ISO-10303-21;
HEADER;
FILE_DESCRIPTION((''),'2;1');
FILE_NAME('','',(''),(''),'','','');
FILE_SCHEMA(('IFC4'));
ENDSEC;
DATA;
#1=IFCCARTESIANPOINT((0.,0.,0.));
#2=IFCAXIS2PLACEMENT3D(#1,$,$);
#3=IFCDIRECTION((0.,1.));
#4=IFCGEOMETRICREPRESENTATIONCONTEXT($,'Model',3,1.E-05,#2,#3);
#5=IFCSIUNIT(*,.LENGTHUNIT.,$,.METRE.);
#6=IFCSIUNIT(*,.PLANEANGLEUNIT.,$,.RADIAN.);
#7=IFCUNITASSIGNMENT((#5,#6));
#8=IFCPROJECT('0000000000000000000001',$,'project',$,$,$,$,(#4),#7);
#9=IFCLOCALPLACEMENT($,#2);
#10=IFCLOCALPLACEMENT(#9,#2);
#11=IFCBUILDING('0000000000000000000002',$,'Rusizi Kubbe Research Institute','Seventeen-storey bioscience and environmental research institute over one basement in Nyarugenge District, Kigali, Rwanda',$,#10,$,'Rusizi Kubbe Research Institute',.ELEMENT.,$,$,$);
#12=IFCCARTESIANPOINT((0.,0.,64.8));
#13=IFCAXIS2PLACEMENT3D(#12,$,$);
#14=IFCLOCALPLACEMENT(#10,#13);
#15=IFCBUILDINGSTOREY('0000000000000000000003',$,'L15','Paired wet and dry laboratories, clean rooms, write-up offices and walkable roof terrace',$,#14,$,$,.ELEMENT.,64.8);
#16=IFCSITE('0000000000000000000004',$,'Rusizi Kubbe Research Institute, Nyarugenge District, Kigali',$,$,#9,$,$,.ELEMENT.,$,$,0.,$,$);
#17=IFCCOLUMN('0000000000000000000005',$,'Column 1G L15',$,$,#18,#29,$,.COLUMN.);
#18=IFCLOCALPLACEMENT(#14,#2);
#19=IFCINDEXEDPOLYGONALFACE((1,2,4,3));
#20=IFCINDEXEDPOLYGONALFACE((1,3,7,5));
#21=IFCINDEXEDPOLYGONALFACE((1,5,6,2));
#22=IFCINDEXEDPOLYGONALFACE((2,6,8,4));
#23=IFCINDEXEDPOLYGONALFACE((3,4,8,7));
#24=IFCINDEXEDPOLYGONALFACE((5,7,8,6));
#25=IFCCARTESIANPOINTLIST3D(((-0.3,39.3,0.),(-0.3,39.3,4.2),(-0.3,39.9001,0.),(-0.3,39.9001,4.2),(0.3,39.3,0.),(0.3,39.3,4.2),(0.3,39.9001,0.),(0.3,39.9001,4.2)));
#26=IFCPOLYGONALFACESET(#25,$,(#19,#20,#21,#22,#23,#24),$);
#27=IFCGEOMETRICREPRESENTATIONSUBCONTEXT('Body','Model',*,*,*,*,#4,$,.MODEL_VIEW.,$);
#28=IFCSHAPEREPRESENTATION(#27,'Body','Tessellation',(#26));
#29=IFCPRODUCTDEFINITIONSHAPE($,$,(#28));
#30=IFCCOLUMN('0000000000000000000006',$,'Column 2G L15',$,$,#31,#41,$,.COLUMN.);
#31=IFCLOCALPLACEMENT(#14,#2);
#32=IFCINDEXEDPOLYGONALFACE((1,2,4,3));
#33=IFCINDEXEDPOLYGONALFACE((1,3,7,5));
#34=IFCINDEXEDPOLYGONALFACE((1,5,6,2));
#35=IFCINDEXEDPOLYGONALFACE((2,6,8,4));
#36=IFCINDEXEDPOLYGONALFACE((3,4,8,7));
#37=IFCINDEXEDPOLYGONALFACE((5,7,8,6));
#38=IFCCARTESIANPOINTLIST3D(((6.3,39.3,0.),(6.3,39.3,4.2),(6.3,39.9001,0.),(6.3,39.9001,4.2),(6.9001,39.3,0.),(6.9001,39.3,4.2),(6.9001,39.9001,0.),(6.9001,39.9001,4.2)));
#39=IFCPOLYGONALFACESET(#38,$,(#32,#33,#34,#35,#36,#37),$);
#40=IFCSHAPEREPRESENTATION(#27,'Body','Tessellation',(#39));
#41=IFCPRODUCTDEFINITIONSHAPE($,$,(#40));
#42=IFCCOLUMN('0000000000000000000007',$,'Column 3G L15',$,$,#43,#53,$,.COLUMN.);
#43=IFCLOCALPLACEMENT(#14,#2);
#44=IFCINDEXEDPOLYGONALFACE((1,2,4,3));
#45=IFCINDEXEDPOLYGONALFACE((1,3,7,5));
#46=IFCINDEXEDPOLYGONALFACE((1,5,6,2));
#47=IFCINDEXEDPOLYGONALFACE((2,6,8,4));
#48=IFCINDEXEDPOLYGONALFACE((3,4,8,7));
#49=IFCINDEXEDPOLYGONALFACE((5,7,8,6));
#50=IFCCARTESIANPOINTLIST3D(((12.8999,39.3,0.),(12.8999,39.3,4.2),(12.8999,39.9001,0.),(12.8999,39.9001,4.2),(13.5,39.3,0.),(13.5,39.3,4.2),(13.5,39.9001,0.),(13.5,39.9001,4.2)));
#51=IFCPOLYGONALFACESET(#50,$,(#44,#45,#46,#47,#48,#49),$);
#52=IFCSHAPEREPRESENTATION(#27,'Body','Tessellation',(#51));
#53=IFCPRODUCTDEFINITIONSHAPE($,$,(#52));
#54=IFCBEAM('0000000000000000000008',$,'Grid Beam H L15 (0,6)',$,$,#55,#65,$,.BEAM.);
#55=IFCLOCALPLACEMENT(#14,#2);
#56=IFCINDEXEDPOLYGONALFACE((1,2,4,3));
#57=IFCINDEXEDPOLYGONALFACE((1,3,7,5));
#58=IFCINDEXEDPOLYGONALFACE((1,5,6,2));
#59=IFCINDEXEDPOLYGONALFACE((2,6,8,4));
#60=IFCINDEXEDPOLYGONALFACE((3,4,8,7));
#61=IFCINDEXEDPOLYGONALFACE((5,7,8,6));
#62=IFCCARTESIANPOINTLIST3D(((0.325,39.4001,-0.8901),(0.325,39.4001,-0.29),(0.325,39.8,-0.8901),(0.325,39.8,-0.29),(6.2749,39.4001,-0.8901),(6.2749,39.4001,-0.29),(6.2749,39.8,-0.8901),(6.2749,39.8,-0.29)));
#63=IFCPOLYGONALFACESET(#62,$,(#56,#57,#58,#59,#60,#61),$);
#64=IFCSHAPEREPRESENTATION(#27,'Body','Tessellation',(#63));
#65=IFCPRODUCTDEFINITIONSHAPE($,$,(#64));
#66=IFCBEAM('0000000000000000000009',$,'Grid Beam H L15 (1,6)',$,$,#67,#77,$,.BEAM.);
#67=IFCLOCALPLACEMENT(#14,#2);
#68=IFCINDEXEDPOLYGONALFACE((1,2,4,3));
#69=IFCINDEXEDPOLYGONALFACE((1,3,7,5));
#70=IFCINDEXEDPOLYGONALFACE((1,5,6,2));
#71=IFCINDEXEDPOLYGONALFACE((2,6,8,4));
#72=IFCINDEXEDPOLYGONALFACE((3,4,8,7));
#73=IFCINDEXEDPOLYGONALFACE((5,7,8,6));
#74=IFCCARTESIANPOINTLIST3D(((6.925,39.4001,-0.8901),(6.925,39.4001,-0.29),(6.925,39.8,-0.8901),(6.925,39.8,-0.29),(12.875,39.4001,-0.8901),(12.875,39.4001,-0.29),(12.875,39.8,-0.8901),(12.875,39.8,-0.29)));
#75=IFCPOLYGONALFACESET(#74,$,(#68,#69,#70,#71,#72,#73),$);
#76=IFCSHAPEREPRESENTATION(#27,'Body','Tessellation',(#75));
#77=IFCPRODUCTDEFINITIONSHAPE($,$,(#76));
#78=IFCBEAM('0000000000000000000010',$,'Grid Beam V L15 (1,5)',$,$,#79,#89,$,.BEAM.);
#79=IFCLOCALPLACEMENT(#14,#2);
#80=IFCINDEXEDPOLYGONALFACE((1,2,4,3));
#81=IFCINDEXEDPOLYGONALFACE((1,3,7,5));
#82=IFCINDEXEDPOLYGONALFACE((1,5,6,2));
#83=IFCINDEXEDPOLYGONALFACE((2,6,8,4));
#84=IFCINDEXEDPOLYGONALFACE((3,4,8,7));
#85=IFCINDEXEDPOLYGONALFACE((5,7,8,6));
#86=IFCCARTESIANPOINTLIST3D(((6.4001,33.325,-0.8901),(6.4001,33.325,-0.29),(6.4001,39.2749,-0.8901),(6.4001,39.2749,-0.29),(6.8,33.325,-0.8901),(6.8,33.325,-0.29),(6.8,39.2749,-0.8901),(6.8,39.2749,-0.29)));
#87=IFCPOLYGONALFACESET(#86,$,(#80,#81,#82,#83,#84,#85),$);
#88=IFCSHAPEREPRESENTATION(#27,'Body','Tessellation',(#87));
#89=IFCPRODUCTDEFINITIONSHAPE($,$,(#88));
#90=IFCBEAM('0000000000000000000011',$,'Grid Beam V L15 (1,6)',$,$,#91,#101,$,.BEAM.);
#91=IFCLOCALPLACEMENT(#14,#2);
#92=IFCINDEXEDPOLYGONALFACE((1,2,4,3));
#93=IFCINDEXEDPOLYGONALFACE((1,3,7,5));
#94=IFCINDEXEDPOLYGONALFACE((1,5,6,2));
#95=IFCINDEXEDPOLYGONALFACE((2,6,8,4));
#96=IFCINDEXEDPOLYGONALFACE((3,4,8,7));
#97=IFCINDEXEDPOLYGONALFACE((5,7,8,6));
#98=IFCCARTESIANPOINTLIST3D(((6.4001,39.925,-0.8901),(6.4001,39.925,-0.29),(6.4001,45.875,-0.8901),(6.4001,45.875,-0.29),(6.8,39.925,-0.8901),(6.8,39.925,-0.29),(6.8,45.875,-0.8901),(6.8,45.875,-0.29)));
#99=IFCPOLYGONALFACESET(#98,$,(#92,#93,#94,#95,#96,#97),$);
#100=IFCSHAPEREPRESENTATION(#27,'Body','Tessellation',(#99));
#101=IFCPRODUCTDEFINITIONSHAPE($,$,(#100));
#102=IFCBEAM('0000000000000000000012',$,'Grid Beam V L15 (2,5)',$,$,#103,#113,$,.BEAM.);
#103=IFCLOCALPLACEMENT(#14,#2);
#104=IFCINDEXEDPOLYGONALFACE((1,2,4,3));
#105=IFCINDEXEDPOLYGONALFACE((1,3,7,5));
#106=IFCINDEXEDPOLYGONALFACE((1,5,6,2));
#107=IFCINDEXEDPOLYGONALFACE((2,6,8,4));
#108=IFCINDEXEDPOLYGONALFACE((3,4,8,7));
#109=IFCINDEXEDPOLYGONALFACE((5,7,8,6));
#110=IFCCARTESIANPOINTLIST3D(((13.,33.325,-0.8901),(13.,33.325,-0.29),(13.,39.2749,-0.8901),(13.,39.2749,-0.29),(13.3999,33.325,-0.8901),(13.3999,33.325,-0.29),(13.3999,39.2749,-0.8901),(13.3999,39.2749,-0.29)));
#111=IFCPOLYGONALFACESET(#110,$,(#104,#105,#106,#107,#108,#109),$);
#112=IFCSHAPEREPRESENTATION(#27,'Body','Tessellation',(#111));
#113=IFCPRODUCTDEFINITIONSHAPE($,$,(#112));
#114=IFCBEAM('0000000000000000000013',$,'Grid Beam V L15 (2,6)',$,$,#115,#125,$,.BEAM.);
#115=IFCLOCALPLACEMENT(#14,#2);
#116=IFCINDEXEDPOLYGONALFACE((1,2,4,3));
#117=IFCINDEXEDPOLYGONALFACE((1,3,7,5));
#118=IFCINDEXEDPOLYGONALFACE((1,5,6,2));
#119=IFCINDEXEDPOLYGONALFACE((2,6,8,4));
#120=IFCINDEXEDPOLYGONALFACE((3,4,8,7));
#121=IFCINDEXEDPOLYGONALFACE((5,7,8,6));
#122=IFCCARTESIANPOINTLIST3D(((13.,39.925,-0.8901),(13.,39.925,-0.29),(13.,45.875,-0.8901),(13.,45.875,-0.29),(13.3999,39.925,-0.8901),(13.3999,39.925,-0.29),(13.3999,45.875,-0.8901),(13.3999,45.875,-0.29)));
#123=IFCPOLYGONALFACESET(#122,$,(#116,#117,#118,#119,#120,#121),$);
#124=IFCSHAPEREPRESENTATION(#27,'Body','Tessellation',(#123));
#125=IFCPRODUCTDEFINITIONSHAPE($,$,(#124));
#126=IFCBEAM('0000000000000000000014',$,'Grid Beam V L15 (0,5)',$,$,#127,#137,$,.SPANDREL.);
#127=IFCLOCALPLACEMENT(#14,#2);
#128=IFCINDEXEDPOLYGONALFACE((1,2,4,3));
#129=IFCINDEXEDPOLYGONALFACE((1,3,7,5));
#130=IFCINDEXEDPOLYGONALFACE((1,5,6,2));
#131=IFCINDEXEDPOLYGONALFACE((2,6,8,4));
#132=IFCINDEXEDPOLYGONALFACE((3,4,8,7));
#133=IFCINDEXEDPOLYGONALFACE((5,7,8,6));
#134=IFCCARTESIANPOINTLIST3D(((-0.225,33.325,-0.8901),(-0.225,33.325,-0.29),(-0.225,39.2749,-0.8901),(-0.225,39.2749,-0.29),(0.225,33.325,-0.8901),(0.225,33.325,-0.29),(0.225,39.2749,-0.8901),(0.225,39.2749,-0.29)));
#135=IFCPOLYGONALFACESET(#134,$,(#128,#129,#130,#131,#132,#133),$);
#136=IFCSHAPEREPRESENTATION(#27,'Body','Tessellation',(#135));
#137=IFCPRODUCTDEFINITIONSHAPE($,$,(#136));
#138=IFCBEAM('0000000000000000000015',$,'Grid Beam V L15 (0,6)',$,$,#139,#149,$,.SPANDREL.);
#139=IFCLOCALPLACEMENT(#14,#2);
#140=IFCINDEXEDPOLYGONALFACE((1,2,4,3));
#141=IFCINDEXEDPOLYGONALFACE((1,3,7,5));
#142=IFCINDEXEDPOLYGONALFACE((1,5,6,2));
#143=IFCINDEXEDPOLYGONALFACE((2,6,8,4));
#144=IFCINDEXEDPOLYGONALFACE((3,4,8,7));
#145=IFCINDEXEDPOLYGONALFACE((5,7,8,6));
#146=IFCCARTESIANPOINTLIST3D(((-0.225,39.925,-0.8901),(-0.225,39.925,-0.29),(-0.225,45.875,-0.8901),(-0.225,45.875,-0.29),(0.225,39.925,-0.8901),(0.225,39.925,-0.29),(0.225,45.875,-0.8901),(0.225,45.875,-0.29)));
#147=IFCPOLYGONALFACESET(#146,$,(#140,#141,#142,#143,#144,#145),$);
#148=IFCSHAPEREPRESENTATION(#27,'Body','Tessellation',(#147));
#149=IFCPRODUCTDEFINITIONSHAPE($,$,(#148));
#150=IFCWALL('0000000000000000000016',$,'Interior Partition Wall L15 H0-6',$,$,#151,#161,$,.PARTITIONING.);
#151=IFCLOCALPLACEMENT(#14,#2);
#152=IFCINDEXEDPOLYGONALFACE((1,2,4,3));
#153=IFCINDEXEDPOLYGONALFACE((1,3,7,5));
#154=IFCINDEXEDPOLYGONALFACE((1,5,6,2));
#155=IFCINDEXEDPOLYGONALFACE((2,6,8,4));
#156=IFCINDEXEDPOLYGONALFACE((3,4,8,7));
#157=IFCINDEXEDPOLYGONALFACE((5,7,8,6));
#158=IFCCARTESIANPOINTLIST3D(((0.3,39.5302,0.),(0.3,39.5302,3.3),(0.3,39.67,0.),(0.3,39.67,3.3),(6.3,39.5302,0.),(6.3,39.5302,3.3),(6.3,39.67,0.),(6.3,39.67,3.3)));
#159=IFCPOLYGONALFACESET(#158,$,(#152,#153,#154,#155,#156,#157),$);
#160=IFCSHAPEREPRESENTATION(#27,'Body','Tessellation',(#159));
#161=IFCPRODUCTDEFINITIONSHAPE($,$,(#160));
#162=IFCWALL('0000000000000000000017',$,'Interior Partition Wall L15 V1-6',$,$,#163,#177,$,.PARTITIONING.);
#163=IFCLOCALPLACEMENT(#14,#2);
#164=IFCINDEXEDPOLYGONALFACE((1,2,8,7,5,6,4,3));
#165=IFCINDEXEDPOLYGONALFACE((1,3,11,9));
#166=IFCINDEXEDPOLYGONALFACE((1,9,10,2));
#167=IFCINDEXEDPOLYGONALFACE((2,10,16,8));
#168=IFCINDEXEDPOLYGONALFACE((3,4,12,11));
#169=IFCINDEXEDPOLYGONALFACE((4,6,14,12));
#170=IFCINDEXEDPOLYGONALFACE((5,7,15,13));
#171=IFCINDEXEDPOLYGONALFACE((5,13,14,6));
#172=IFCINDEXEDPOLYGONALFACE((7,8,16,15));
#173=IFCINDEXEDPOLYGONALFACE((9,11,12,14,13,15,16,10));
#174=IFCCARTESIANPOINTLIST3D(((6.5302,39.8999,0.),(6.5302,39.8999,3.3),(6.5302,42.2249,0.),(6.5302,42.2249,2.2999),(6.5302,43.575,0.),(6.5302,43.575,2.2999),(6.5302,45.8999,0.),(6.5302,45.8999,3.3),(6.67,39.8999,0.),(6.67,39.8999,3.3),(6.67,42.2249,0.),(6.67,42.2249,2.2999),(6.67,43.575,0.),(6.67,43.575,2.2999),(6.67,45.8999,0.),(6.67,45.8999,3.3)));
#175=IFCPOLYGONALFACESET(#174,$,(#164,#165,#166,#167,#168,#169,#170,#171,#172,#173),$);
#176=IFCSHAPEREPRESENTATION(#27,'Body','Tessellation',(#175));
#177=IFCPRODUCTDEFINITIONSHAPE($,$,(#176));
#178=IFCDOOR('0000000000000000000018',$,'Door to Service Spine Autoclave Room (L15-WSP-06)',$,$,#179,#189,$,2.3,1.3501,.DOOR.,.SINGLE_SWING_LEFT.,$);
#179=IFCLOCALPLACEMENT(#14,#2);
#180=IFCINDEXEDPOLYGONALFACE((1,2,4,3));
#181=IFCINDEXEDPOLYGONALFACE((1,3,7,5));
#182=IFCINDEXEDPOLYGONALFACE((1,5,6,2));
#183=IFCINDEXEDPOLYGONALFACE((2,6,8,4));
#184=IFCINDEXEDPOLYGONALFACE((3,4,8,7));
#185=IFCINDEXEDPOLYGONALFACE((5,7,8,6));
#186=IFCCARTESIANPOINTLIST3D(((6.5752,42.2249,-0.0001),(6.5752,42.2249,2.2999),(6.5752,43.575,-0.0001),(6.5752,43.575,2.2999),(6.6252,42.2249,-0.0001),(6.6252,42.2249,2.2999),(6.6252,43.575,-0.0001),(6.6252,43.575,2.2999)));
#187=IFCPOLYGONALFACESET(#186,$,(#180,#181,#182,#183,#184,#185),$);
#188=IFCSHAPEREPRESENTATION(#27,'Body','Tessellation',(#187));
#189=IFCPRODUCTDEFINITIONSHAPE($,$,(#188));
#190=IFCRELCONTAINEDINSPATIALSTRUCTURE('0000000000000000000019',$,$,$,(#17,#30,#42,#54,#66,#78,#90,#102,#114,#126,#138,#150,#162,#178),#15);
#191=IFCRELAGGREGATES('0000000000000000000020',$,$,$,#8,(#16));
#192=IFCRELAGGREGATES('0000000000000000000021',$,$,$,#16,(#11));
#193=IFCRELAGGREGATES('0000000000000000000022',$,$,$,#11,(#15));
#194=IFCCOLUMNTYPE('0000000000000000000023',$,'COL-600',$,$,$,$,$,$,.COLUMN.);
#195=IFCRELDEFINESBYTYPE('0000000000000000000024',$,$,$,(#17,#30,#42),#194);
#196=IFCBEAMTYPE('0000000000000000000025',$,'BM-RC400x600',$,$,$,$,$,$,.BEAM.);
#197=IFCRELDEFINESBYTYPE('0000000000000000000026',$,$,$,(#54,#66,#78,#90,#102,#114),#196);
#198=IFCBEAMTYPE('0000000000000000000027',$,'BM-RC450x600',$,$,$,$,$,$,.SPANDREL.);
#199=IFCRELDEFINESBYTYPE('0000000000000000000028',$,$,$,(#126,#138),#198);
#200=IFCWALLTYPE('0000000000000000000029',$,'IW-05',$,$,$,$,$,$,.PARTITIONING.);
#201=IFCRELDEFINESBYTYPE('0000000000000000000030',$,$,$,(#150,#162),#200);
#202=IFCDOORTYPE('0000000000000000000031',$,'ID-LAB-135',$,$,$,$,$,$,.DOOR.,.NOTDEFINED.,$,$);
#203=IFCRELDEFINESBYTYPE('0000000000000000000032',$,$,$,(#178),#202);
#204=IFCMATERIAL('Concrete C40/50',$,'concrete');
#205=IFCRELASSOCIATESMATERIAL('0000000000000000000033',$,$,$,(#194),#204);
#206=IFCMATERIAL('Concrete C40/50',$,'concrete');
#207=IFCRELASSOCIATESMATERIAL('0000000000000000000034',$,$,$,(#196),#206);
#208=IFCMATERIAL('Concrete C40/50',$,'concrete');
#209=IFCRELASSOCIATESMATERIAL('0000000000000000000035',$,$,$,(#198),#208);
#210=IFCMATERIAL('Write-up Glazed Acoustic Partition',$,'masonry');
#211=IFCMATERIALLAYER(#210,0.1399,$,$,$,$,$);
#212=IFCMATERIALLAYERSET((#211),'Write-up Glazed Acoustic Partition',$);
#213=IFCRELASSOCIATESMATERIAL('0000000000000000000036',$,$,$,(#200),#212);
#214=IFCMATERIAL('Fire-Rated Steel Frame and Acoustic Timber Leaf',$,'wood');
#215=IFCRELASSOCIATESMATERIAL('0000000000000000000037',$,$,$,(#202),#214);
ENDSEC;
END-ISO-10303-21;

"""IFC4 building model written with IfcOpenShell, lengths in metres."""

from ifc_helpers import new_model, si_unit, direction, frame, frame_2d, origin, origin_2d, place, context, subcontext, project, spatial, rectangle, extrude, material, layer, layer_set, material_profile, profile_set, type_object, element, fill, save


model = new_model("IFC4")

# Units and contexts
model_context = context("Model", 3, precision=1e-05, world=origin(), true_north=direction((0.0, 1.0)))
body_context = subcontext(model_context, "Body", "Model", "MODEL_VIEW")
ifc_project = project(units=[si_unit("LENGTHUNIT", "METRE"), si_unit("PLANEANGLEUNIT", "RADIAN")], contexts=[model_context])

# Site, building, storey
site_placement = place(None, origin())
site = spatial("IfcSite", under=ifc_project, at=site_placement, Name="Rusizi Kubbe Research Institute, Nyarugenge District, Kigali", CompositionType="ELEMENT", RefElevation=0.0)
building_placement = place(site_placement, origin())
building = spatial("IfcBuilding", under=site, at=building_placement, Name="Rusizi Kubbe Research Institute", Description="Seventeen-storey bioscience and environmental research institute over one basement in Nyarugenge District, Kigali, Rwanda", LongName="Rusizi Kubbe Research Institute", CompositionType="ELEMENT")
storey_placement = place(building_placement, frame((0.0, 0.0, 64.8)))
storey = spatial("IfcBuildingStorey", under=building, at=storey_placement, Name="L15", Description="Paired wet and dry laboratories, clean rooms, write-up offices and walkable roof terrace", CompositionType="ELEMENT", Elevation=64.8)

# Columns
ifc_material_1 = material(Name="Concrete C40/50", Category="concrete")
ifc_material_profile_1 = material_profile(ifc_material_1, rectangle(XDim=0.6001, YDim=0.6001, at=origin_2d()), Name="RC600x600")
ifc_profile_set_1 = profile_set([ifc_material_profile_1], Name="Concrete C40/50")
column_type = type_object("IfcColumnType", Name="COL-600", PredefinedType="COLUMN", material=ifc_profile_set_1)
for number, where, z_axis, x_axis, name in (
    (1, (0.0, 39.6001, 0.0), (0.0, 0.0, 1.0), (1.0, 0.0, 0.0), "Column 1G L15"),
    (2, (6.6001, 39.6001, 0.0), (0.0, 0.0, 1.0), (1.0, 0.0, 0.0), "Column 2G L15"),
    (3, (13.2, 39.6001, 0.0), (0.0, 0.0, 1.0), (1.0, 0.0, 0.0), "Column 3G L15"),
):
    element("IfcColumn", number, at=place(storey_placement, frame(where, z_axis=z_axis, x_axis=x_axis)), inside=storey, type_object=column_type, Name=name, PredefinedType="COLUMN", context=body_context, shape_type="SweptSolid", body=[
        extrude(rectangle(XDim=0.6001, YDim=0.6001, at=origin_2d()), origin(), (0.0, 0.0, 1.0), 4.2),
    ])

# Beams
ifc_material_2 = material(Name="Concrete C40/50", Category="concrete")
ifc_material_profile_2 = material_profile(ifc_material_2, rectangle(XDim=0.3999, YDim=0.6001, at=origin_2d()), Name="RC400x600")
ifc_profile_set_2 = profile_set([ifc_material_profile_2], Name="Concrete C40/50")
beam_type_1 = type_object("IfcBeamType", Name="BM-RC400x600", PredefinedType="BEAM", material=ifc_profile_set_2)
for number, where, z_axis, x_axis, name in (
    (4, (0.325, 39.6001, -0.5901), (1.0, 0.0, 0.0), (0.0, 1.0, 0.0), "Grid Beam H L15 (0,6)"),
    (5, (6.925, 39.6001, -0.5901), (1.0, 0.0, 0.0), (0.0, 1.0, 0.0), "Grid Beam H L15 (1,6)"),
    (6, (6.6001, 33.325, -0.5901), (0.0, 1.0, 0.0), (-1.0, 0.0, 0.0), "Grid Beam V L15 (1,5)"),
    (7, (6.6001, 39.925, -0.5901), (0.0, 1.0, 0.0), (-1.0, 0.0, 0.0), "Grid Beam V L15 (1,6)"),
    (8, (13.2, 33.325, -0.5901), (0.0, 1.0, 0.0), (-1.0, 0.0, 0.0), "Grid Beam V L15 (2,5)"),
    (9, (13.2, 39.925, -0.5901), (0.0, 1.0, 0.0), (-1.0, 0.0, 0.0), "Grid Beam V L15 (2,6)"),
):
    element("IfcBeam", number, at=place(storey_placement, frame(where, z_axis=z_axis, x_axis=x_axis)), inside=storey, type_object=beam_type_1, Name=name, PredefinedType="BEAM", context=body_context, shape_type="SweptSolid", body=[
        extrude(rectangle(XDim=0.3999, YDim=0.6001, at=origin_2d()), origin(), (0.0, 0.0, 1.0), 5.95),
    ])
ifc_material_3 = material(Name="Concrete C40/50", Category="concrete")
ifc_material_profile_3 = material_profile(ifc_material_3, rectangle(XDim=0.45, YDim=0.6001, at=origin_2d()), Name="RC450x600")
ifc_profile_set_3 = profile_set([ifc_material_profile_3], Name="Concrete C40/50")
beam_type_2 = type_object("IfcBeamType", Name="BM-RC450x600", PredefinedType="SPANDREL", material=ifc_profile_set_3)
for number, where, z_axis, x_axis, name in (
    (10, (0.0, 33.325, -0.5901), (0.0, 1.0, 0.0), (-1.0, 0.0, 0.0), "Grid Beam V L15 (0,5)"),
    (11, (0.0, 39.925, -0.5901), (0.0, 1.0, 0.0), (-1.0, 0.0, 0.0), "Grid Beam V L15 (0,6)"),
):
    element("IfcBeam", number, at=place(storey_placement, frame(where, z_axis=z_axis, x_axis=x_axis)), inside=storey, type_object=beam_type_2, Name=name, PredefinedType="SPANDREL", context=body_context, shape_type="SweptSolid", body=[
        extrude(rectangle(XDim=0.45, YDim=0.6001, at=origin_2d()), origin(), (0.0, 0.0, 1.0), 5.95),
    ])

# Wall
ifc_material_4 = material(Name="Write-up Glazed Acoustic Partition", Category="masonry")
ifc_layer_1 = layer(ifc_material_4, 0.1399)
ifc_layer_set_1 = layer_set([ifc_layer_1], Name="Write-up Glazed Acoustic Partition")
wall_type_1 = type_object("IfcWallType", Name="IW-05", PredefinedType="PARTITIONING", material=ifc_layer_set_1)
wall_1_placement = place(storey_placement, frame((0.3, 39.6001, 0.0), z_axis=(0.0, 0.0, 1.0), x_axis=(1.0, 0.0, 0.0)))
element("IfcWall", 12, at=wall_1_placement, inside=storey, type_object=wall_type_1, Name="Interior Partition Wall L15 H0-6", PredefinedType="PARTITIONING", context=body_context, shape_type="SweptSolid", body=[
    extrude(rectangle(XDim=6.0, YDim=0.1399, at=frame_2d((3.0, 0.0))), origin(), (0.0, 0.0, 1.0), 3.3),
])

# Wall, opening, door
wall_2_placement = place(storey_placement, frame((6.6001, 39.8999, 0.0), z_axis=(0.0, 0.0, 1.0), x_axis=(0.0, 1.0, 0.0)))
wall_2 = element("IfcWall", 13, at=wall_2_placement, inside=storey, type_object=wall_type_1, Name="Interior Partition Wall L15 V1-6", PredefinedType="PARTITIONING", context=body_context, shape_type="SweptSolid", body=[
    extrude(rectangle(XDim=6.0, YDim=0.1399, at=frame_2d((3.0, 0.0))), origin(), (0.0, 0.0, 1.0), 3.3),
])
opening_1_placement = place(wall_2_placement, frame((2.325, 0.0, 0.0)))
opening_1 = element("IfcOpeningElement", 14, at=opening_1_placement, cuts=wall_2, PredefinedType="OPENING", context=body_context, shape_type="SweptSolid", body=[
    extrude(rectangle(XDim=1.3501, YDim=2.3, at=frame_2d((0.675, 1.1499))), frame((0.0, 0.0798, 0.0), z_axis=(0.0, -1.0, 0.0), x_axis=(1.0, 0.0, 0.0)), (0.0, 0.0, 1.0), 0.1599),
])
ifc_material_5 = material(Name="Fire-Rated Steel Frame and Acoustic Timber Leaf", Category="wood")
door_type_1 = type_object("IfcDoorType", Name="ID-LAB-135", OperationType="NOTDEFINED", PredefinedType="DOOR", material=ifc_material_5)
door_1_placement = place(opening_1_placement, origin())
door_1 = element("IfcDoor", 15, at=door_1_placement, inside=storey, type_object=door_type_1, Name="Door to Service Spine Autoclave Room (L15-WSP-06)", OperationType="SINGLE_SWING_LEFT", OverallHeight=2.3, OverallWidth=1.3501, PredefinedType="DOOR", context=body_context, shape_type="SweptSolid", body=[
    extrude(rectangle(XDim=1.3501, YDim=2.3, at=frame_2d((0.675, 1.1499))), frame((0.0, 0.0249, 0.0), z_axis=(0.0, -1.0, 0.0), x_axis=(1.0, 0.0, 0.0)), (0.0, 0.0, 1.0), 0.05),
])
fill(opening_1, door_1)

save(model, "model.ifc")
